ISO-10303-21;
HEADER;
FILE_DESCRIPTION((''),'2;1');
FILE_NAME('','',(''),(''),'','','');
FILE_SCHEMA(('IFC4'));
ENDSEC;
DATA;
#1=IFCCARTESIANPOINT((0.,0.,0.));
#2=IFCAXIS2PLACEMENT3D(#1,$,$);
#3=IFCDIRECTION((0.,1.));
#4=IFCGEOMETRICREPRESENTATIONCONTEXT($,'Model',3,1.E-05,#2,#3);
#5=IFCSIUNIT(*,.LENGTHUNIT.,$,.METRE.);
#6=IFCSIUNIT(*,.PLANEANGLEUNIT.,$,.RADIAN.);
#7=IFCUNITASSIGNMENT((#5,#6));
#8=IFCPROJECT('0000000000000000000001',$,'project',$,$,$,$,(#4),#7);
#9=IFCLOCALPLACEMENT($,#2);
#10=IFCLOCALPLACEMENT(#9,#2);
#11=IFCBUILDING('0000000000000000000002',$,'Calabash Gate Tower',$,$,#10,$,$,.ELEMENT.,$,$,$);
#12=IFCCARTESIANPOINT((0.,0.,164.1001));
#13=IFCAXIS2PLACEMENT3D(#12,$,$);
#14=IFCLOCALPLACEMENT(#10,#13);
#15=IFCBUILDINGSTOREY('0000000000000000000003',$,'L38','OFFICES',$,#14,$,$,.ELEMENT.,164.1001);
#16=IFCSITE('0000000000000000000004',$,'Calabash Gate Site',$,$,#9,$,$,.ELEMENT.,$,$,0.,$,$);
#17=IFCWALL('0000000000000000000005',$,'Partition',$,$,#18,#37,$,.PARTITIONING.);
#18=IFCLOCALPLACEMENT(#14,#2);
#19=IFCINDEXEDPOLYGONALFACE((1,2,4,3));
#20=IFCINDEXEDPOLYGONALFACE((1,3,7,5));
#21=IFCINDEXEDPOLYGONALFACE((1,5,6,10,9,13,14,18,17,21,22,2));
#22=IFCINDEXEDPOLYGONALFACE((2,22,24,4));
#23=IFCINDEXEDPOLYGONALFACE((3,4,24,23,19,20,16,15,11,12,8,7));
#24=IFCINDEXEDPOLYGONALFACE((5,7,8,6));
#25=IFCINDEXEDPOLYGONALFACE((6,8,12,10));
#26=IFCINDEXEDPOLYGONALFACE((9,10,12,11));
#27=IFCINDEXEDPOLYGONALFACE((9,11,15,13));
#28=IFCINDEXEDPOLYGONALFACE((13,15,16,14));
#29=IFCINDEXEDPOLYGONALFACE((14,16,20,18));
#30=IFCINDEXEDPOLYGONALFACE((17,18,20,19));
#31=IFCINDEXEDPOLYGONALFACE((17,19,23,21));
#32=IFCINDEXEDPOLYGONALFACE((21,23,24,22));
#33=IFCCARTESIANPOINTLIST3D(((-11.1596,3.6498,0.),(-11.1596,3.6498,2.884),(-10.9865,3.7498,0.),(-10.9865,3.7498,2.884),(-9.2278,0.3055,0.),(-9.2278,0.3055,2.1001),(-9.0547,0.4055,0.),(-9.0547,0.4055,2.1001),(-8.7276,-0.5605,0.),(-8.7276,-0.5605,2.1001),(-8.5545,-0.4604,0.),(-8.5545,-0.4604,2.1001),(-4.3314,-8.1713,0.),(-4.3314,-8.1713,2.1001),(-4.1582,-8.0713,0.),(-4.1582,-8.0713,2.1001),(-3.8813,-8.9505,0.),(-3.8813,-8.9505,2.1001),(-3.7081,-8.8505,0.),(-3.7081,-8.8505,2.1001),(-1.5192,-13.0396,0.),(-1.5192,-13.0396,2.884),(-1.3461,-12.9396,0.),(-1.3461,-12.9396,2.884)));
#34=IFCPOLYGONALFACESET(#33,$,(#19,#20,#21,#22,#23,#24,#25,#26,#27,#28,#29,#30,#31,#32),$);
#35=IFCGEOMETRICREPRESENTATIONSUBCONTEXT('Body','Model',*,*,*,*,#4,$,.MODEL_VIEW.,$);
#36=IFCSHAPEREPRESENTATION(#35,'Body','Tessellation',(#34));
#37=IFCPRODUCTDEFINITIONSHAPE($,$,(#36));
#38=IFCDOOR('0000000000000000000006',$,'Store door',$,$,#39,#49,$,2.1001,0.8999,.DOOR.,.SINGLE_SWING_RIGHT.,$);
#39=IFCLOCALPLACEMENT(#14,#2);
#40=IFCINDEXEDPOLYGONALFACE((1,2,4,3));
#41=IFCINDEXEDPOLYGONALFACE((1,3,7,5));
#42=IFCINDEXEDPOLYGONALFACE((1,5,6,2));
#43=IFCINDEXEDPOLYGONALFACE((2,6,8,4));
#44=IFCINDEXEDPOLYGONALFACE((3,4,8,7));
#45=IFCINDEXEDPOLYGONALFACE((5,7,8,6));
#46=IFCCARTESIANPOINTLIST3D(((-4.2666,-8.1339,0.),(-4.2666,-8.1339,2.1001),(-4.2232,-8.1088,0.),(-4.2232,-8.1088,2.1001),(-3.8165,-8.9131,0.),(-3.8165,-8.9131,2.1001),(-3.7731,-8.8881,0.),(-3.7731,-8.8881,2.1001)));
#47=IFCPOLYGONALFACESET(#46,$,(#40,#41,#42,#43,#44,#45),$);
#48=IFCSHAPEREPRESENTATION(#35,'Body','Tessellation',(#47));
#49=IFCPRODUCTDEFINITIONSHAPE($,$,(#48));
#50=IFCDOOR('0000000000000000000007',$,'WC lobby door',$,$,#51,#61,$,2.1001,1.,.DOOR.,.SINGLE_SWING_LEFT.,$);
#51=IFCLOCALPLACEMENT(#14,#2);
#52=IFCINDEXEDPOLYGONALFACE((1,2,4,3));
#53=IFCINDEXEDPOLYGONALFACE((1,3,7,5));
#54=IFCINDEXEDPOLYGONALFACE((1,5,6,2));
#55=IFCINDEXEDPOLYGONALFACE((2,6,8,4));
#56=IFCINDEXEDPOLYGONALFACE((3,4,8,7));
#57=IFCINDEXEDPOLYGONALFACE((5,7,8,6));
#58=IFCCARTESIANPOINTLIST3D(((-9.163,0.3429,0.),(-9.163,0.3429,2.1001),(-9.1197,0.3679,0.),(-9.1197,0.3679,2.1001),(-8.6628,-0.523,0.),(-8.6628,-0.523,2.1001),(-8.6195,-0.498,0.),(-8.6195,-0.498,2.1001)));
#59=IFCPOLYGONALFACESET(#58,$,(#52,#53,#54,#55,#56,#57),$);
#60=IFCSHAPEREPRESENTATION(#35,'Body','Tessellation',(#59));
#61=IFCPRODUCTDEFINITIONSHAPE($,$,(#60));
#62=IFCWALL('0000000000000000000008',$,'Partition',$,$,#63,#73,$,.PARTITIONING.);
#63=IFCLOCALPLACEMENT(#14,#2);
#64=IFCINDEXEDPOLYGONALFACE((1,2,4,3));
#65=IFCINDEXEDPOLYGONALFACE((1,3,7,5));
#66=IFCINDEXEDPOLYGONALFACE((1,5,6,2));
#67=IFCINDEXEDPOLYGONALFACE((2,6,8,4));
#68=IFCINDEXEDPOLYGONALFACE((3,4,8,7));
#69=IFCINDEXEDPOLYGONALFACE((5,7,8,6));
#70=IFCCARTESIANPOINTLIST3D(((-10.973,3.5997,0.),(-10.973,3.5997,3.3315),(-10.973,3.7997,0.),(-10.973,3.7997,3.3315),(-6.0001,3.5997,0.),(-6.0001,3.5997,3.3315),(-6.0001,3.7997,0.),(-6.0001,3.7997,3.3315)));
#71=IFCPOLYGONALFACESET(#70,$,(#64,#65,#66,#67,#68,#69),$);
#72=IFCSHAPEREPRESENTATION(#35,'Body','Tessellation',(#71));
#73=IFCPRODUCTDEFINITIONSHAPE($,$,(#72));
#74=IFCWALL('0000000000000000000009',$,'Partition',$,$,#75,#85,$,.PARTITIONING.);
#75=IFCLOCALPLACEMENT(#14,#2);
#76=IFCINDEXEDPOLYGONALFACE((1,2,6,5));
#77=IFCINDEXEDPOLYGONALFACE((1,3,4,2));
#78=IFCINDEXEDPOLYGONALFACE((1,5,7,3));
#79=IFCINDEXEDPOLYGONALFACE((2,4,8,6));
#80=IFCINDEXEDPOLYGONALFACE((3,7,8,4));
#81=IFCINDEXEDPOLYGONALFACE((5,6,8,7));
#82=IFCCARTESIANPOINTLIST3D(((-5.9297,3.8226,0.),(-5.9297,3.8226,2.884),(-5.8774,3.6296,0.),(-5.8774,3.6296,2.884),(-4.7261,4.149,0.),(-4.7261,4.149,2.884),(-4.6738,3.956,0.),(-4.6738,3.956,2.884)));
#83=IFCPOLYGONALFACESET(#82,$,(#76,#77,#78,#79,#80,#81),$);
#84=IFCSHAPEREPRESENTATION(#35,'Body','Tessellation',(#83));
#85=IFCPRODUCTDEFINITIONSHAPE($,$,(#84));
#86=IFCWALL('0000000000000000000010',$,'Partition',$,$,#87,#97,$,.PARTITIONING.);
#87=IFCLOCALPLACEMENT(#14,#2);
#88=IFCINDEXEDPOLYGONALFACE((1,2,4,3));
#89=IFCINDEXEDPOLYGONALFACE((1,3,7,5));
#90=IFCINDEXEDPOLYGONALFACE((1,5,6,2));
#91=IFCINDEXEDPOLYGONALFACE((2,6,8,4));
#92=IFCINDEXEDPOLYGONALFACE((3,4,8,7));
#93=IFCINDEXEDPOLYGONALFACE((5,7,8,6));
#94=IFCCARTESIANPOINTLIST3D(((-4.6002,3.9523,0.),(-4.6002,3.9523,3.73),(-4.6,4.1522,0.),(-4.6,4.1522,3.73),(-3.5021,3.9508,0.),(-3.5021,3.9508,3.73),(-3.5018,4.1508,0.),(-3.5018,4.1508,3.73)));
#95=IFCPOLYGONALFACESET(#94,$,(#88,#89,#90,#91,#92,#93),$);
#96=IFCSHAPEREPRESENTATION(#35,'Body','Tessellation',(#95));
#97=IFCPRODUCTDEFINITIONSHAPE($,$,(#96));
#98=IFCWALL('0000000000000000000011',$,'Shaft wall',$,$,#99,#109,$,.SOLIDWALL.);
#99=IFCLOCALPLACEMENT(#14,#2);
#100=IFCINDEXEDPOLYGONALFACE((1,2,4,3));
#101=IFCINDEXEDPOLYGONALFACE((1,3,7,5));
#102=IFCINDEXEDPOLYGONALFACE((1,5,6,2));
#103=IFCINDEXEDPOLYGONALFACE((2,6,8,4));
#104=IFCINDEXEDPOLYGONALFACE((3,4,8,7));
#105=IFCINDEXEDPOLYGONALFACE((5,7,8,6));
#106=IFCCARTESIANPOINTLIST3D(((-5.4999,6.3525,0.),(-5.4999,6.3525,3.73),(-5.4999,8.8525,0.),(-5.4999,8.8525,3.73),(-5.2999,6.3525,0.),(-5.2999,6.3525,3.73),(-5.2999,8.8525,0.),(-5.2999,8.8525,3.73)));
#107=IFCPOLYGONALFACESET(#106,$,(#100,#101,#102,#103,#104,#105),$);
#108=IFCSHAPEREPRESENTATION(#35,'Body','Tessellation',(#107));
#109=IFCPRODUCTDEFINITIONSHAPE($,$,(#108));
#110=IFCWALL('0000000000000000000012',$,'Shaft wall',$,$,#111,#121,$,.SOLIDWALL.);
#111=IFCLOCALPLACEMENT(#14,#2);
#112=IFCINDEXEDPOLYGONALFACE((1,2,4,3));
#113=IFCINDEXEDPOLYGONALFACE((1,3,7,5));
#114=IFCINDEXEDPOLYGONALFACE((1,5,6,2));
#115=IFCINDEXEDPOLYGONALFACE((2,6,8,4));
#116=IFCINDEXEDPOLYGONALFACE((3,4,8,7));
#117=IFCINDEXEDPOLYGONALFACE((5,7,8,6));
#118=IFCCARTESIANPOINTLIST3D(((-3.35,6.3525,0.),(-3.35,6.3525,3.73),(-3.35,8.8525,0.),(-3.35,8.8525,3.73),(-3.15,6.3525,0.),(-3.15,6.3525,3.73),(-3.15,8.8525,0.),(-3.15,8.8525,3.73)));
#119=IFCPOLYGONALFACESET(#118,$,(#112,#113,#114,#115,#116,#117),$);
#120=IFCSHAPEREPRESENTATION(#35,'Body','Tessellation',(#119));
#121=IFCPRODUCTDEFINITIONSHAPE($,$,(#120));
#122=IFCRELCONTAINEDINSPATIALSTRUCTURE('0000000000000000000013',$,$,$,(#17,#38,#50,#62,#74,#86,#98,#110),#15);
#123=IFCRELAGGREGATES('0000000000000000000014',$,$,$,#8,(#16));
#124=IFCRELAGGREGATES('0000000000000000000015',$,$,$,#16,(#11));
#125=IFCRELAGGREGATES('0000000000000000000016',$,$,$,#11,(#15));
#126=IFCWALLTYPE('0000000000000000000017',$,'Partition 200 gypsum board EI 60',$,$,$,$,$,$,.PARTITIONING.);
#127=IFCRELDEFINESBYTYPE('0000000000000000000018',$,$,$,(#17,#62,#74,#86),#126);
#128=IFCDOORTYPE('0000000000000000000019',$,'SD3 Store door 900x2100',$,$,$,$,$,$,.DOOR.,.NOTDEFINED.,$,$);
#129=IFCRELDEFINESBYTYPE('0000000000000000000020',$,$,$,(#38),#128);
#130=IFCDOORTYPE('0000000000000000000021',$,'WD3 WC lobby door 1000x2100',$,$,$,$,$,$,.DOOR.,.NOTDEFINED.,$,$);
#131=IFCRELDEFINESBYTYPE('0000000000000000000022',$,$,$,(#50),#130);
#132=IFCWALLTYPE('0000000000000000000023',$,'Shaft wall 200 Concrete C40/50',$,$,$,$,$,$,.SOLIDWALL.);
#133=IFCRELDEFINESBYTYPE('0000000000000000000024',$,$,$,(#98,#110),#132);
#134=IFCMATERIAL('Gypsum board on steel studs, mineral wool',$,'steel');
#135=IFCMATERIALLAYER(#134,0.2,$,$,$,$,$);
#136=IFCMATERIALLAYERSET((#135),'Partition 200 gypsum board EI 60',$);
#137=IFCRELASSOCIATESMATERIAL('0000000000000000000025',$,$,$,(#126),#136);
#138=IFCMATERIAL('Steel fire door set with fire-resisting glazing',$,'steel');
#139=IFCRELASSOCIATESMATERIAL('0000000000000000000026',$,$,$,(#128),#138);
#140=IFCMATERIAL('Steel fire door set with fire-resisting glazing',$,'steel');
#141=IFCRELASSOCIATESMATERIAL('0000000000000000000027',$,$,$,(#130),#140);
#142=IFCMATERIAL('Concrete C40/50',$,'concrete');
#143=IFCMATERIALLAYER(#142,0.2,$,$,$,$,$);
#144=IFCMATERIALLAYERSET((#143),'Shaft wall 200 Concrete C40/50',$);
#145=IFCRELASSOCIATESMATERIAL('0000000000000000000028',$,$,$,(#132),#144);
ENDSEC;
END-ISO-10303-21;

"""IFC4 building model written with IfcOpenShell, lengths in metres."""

from ifc_helpers import new_model, si_unit, direction, frame, frame_2d, origin, place, context, subcontext, project, spatial, rectangle, extrude, material, layer, layer_set, type_object, element, fill, save


model = new_model("IFC4")

# Units and contexts
model_context = context("Model", 3, precision=1e-05, world=origin(), true_north=direction((0.0, 1.0)))
body_context = subcontext(model_context, "Body", "Model", "MODEL_VIEW")
ifc_project = project(units=[si_unit("LENGTHUNIT", "METRE"), si_unit("PLANEANGLEUNIT", "RADIAN")], contexts=[model_context])

# Site, building, storey
site_placement = place(None, origin())
site = spatial("IfcSite", under=ifc_project, at=site_placement, Name="Calabash Gate Site", CompositionType="ELEMENT", RefElevation=0.0)
building_placement = place(site_placement, origin())
building = spatial("IfcBuilding", under=site, at=building_placement, Name="Calabash Gate Tower", CompositionType="ELEMENT")
storey_placement = place(building_placement, frame((0.0, 0.0, 164.1001)))
storey = spatial("IfcBuildingStorey", under=building, at=storey_placement, Name="L38", Description="OFFICES", CompositionType="ELEMENT", Elevation=164.1001)

# Shared definitions
ifc_material_1 = material(Name="Gypsum board on steel studs, mineral wool", Category="steel")
ifc_layer_1 = layer(ifc_material_1, 0.2)
ifc_layer_set_1 = layer_set([ifc_layer_1], Name="Partition 200 gypsum board EI 60")
wall_type_1 = type_object("IfcWallType", Name="Partition 200 gypsum board EI 60", PredefinedType="PARTITIONING", material=ifc_layer_set_1)

# Wall, openings, doors
wall_1_placement = place(storey_placement, frame((-11.073, 3.6997, 0.0), z_axis=(0.0, 0.0, 1.0), x_axis=(0.500184, -0.865919, 0.0)))
wall_1 = element("IfcWall", 1, at=wall_1_placement, inside=storey, type_object=wall_type_1, Name="Partition", PredefinedType="PARTITIONING", context=body_context, shape_type="SweptSolid", body=[
    extrude(rectangle(XDim=19.2737, YDim=0.2, at=frame_2d((9.6367, 0.0))), origin(), (0.0, 0.0, 1.0), 2.884),
])
opening_1_placement = place(wall_1_placement, frame((13.6514, 0.0, 0.0)))
opening_1 = element("IfcOpeningElement", 2, at=opening_1_placement, cuts=wall_1, PredefinedType="OPENING", context=body_context, shape_type="SweptSolid", body=[
    extrude(rectangle(XDim=0.8999, YDim=2.1001, at=frame_2d((0.45, 1.05))), frame((0.0, 0.1099, 0.0), z_axis=(0.0, -1.0, 0.0), x_axis=(1.0, 0.0, 0.0)), (0.0, 0.0, 1.0), 0.22),
])
opening_2_placement = place(wall_1_placement, frame((3.8621, 0.0, 0.0)))
opening_2 = element("IfcOpeningElement", 3, at=opening_2_placement, cuts=wall_1, PredefinedType="OPENING", context=body_context, shape_type="SweptSolid", body=[
    extrude(rectangle(XDim=1.0, YDim=2.1001, at=frame_2d((0.5, 1.05))), frame((0.0, 0.1099, 0.0), z_axis=(0.0, -1.0, 0.0), x_axis=(1.0, 0.0, 0.0)), (0.0, 0.0, 1.0), 0.22),
])
ifc_material_2 = material(Name="Steel fire door set with fire-resisting glazing", Category="steel")
door_type_1 = type_object("IfcDoorType", Name="SD3 Store door 900x2100", OperationType="NOTDEFINED", PredefinedType="DOOR", material=ifc_material_2)
door_1_placement = place(opening_1_placement, origin())
door_1 = element("IfcDoor", 4, at=door_1_placement, inside=storey, type_object=door_type_1, Name="Store door", OperationType="SINGLE_SWING_RIGHT", OverallHeight=2.1001, OverallWidth=0.8999, PredefinedType="DOOR", context=body_context, shape_type="SweptSolid", body=[
    extrude(rectangle(XDim=0.8999, YDim=2.1001, at=frame_2d((0.45, 1.05))), frame((0.0, 0.0249, 0.0), z_axis=(0.0, -1.0, 0.0), x_axis=(1.0, 0.0, 0.0)), (0.0, 0.0, 1.0), 0.05),
])
fill(opening_1, door_1)
ifc_material_3 = material(Name="Steel fire door set with fire-resisting glazing", Category="steel")
door_type_2 = type_object("IfcDoorType", Name="WD3 WC lobby door 1000x2100", OperationType="NOTDEFINED", PredefinedType="DOOR", material=ifc_material_3)
door_2_placement = place(opening_2_placement, origin())
door_2 = element("IfcDoor", 5, at=door_2_placement, inside=storey, type_object=door_type_2, Name="WC lobby door", OperationType="SINGLE_SWING_LEFT", OverallHeight=2.1001, OverallWidth=1.0, PredefinedType="DOOR", context=body_context, shape_type="SweptSolid", body=[
    extrude(rectangle(XDim=1.0, YDim=2.1001, at=frame_2d((0.5, 1.05))), frame((0.0, 0.0249, 0.0), z_axis=(0.0, -1.0, 0.0), x_axis=(1.0, 0.0, 0.0)), (0.0, 0.0, 1.0), 0.05),
])
fill(opening_2, door_2)

# Walls
wall_2_placement = place(storey_placement, frame((-10.9729, 3.6997, 0.0), z_axis=(0.0, 0.0, 1.0), x_axis=(1.0, 0.0, 0.0)))
element("IfcWall", 6, at=wall_2_placement, inside=storey, type_object=wall_type_1, Name="Partition", PredefinedType="PARTITIONING", context=body_context, shape_type="SweptSolid", body=[
    extrude(rectangle(XDim=4.9729, YDim=0.2, at=frame_2d((2.4863, 0.0))), origin(), (0.0, 0.0, 1.0), 3.3315),
])
wall_3_placement = place(storey_placement, frame((-5.9036, 3.7261, 0.0), z_axis=(0.0, 0.0, 1.0), x_axis=(0.965138, 0.261742, 0.0)))
element("IfcWall", 7, at=wall_3_placement, inside=storey, type_object=wall_type_1, Name="Partition", PredefinedType="PARTITIONING", context=body_context, shape_type="SweptSolid", body=[
    extrude(rectangle(XDim=1.2471, YDim=0.2, at=frame_2d((0.6235, 0.0))), origin(), (0.0, 0.0, 1.0), 2.884),
])
wall_4_placement = place(storey_placement, frame((-4.6001, 4.0522, 0.0), z_axis=(0.0, 0.0, 1.0), x_axis=(0.999999, -0.001334, 0.0)))
element("IfcWall", 8, at=wall_4_placement, inside=storey, type_object=wall_type_1, Name="Partition", PredefinedType="PARTITIONING", context=body_context, shape_type="SweptSolid", body=[
    extrude(rectangle(XDim=1.0981, YDim=0.2, at=frame_2d((0.5491, 0.0))), origin(), (0.0, 0.0, 1.0), 3.73),
])
ifc_material_4 = material(Name="Concrete C40/50", Category="concrete")
ifc_layer_2 = layer(ifc_material_4, 0.2)
ifc_layer_set_2 = layer_set([ifc_layer_2], Name="Shaft wall 200 Concrete C40/50")
wall_type_2 = type_object("IfcWallType", Name="Shaft wall 200 Concrete C40/50", PredefinedType="SOLIDWALL", material=ifc_layer_set_2)
for number, where, z_axis, x_axis, name in (
    (9, (-5.3999, 6.3525, 0.0), (0.0, 0.0, 1.0), (0.0, 1.0, 0.0), "Shaft wall"),
    (10, (-3.25, 6.3525, 0.0), (0.0, 0.0, 1.0), (0.0, 1.0, 0.0), "Shaft wall"),
):
    element("IfcWall", number, at=place(storey_placement, frame(where, z_axis=z_axis, x_axis=x_axis)), inside=storey, type_object=wall_type_2, Name=name, PredefinedType="SOLIDWALL", context=body_context, shape_type="SweptSolid", body=[
        extrude(rectangle(XDim=2.5, YDim=0.2, at=frame_2d((1.25, 0.0))), origin(), (0.0, 0.0, 1.0), 3.73),
    ])

save(model, "model.ifc")
